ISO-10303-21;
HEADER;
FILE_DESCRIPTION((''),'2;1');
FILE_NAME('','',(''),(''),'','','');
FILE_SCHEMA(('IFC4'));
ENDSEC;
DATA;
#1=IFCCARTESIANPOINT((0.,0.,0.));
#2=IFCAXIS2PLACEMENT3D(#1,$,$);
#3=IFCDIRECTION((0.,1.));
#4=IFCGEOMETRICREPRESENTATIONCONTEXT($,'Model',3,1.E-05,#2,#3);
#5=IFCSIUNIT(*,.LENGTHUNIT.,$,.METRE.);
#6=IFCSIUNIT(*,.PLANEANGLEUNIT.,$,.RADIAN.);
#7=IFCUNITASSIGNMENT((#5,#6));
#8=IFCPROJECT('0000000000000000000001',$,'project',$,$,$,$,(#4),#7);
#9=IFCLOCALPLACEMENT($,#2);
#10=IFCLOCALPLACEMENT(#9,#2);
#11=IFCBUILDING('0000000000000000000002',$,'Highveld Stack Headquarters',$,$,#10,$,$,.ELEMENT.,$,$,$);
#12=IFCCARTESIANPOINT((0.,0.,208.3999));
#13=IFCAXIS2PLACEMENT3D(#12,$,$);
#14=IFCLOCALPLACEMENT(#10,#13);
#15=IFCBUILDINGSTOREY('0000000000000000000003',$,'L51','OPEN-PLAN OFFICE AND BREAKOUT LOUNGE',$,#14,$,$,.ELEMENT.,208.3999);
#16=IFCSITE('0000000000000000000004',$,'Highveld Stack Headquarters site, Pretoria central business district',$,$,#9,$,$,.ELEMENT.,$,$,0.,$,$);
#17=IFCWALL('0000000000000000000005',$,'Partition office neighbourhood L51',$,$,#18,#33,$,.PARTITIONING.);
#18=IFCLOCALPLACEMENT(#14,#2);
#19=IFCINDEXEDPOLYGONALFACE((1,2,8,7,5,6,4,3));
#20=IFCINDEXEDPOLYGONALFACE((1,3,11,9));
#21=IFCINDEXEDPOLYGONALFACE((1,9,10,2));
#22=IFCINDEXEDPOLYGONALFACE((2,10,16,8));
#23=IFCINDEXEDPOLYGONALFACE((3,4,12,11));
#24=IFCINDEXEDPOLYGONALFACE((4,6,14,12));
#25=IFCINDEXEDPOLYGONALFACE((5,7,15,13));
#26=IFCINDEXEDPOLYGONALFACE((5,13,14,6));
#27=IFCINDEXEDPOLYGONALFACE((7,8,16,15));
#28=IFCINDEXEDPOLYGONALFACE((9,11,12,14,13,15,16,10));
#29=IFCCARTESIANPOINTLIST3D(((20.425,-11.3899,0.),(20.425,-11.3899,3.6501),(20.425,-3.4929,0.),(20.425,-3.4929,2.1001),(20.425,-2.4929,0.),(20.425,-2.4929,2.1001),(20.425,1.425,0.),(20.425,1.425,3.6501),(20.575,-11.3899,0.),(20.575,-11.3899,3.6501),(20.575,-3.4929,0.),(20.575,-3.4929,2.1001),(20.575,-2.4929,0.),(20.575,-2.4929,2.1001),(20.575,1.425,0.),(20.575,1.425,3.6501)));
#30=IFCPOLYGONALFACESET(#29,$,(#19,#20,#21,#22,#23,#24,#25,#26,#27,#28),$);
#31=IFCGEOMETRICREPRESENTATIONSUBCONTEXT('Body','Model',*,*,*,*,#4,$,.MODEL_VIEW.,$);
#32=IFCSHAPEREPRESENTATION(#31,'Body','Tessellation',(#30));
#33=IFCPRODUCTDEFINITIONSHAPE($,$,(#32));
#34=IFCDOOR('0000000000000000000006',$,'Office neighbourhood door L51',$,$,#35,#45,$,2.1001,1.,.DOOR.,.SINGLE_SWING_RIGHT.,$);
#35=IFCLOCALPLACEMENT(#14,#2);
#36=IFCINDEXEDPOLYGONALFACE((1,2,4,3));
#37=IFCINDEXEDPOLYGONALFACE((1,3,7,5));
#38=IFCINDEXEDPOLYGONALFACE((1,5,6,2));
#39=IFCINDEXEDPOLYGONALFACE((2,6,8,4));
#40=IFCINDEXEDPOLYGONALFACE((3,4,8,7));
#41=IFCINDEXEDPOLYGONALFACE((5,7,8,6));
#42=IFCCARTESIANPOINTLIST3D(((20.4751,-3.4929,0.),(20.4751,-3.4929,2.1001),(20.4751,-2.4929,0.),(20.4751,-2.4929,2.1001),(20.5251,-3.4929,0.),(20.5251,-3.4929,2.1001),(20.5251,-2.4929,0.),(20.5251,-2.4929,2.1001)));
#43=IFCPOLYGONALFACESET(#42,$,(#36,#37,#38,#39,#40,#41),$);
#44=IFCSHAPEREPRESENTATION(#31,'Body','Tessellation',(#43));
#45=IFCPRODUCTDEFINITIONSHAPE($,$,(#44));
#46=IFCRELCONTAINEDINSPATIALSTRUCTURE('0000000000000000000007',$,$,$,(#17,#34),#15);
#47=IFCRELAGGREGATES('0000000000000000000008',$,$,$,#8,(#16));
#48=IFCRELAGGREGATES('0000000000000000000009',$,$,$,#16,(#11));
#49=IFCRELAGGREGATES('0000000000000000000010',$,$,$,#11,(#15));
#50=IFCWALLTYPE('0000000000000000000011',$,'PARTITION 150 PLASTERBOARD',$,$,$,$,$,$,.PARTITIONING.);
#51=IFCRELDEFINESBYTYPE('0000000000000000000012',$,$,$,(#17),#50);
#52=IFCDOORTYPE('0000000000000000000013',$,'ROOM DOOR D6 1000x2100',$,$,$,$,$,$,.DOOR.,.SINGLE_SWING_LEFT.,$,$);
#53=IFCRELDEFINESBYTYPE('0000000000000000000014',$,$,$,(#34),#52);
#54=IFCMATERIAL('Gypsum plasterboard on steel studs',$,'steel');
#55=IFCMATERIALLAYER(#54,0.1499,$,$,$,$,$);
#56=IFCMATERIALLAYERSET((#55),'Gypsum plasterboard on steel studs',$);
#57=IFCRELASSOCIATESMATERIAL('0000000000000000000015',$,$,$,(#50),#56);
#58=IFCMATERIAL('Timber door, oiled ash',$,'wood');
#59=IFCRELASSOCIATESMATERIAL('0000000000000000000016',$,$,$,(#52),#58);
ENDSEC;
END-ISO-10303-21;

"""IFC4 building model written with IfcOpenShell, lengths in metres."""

from ifc_helpers import new_model, si_unit, direction, frame, frame_2d, origin, place, context, subcontext, project, spatial, rectangle, extrude, material, layer, layer_set, type_object, element, fill, save


model = new_model("IFC4")

# Units and contexts
model_context = context("Model", 3, precision=1e-05, world=origin(), true_north=direction((0.0, 1.0)))
body_context = subcontext(model_context, "Body", "Model", "MODEL_VIEW")
ifc_project = project(units=[si_unit("LENGTHUNIT", "METRE"), si_unit("PLANEANGLEUNIT", "RADIAN")], contexts=[model_context])

# Site, building, storey
site_placement = place(None, origin())
site = spatial("IfcSite", under=ifc_project, at=site_placement, Name="Highveld Stack Headquarters site, Pretoria central business district", CompositionType="ELEMENT", RefElevation=0.0)
building_placement = place(site_placement, origin())
building = spatial("IfcBuilding", under=site, at=building_placement, Name="Highveld Stack Headquarters", CompositionType="ELEMENT")
storey_placement = place(building_placement, frame((0.0, 0.0, 208.3999)))
storey = spatial("IfcBuildingStorey", under=building, at=storey_placement, Name="L51", Description="OPEN-PLAN OFFICE AND BREAKOUT LOUNGE", CompositionType="ELEMENT", Elevation=208.3999)

# Shared definitions
ifc_material_1 = material(Name="Gypsum plasterboard on steel studs", Category="steel")
ifc_layer_1 = layer(ifc_material_1, 0.1499)
ifc_layer_set_1 = layer_set([ifc_layer_1], Name="Gypsum plasterboard on steel studs")
wall_type_1 = type_object("IfcWallType", Name="PARTITION 150 PLASTERBOARD", PredefinedType="PARTITIONING", material=ifc_layer_set_1)
ifc_material_2 = material(Name="Timber door, oiled ash", Category="wood")
door_type_1 = type_object("IfcDoorType", Name="ROOM DOOR D6 1000x2100", OperationType="SINGLE_SWING_LEFT", PredefinedType="DOOR", material=ifc_material_2)

# Wall, opening, door
wall_1_placement = place(storey_placement, frame((20.5, -11.3899, 0.0), z_axis=(0.0, 0.0, 1.0), x_axis=(0.0, 1.0, 0.0)))
wall_1 = element("IfcWall", 1, at=wall_1_placement, inside=storey, type_object=wall_type_1, Name="Partition office neighbourhood L51", PredefinedType="PARTITIONING", context=body_context, shape_type="SweptSolid", body=[
    extrude(rectangle(XDim=12.8149, YDim=0.1499, at=frame_2d((6.4075, 0.0))), origin(), (0.0, 0.0, 1.0), 3.6501),
])
opening_1_placement = place(wall_1_placement, frame((7.897, 0.0, 0.0)))
opening_1 = element("IfcOpeningElement", 2, at=opening_1_placement, cuts=wall_1, PredefinedType="OPENING", context=body_context, shape_type="SweptSolid", body=[
    extrude(rectangle(XDim=1.0, YDim=2.1001, at=frame_2d((0.5, 1.05))), frame((0.0, 0.085, 0.0), z_axis=(0.0, -1.0, 0.0), x_axis=(1.0, 0.0, 0.0)), (0.0, 0.0, 1.0), 0.1699),
])
door_1_placement = place(opening_1_placement, origin())
door_1 = element("IfcDoor", 3, at=door_1_placement, inside=storey, type_object=door_type_1, Name="Office neighbourhood door L51", OperationType="SINGLE_SWING_RIGHT", OverallHeight=2.1001, OverallWidth=1.0, PredefinedType="DOOR", context=body_context, shape_type="SweptSolid", body=[
    extrude(rectangle(XDim=1.0, YDim=2.1001, at=frame_2d((0.5, 1.05))), frame((0.0, 0.0249, 0.0), z_axis=(0.0, -1.0, 0.0), x_axis=(1.0, 0.0, 0.0)), (0.0, 0.0, 1.0), 0.05),
])
fill(opening_1, door_1)

save(model, "model.ifc")
